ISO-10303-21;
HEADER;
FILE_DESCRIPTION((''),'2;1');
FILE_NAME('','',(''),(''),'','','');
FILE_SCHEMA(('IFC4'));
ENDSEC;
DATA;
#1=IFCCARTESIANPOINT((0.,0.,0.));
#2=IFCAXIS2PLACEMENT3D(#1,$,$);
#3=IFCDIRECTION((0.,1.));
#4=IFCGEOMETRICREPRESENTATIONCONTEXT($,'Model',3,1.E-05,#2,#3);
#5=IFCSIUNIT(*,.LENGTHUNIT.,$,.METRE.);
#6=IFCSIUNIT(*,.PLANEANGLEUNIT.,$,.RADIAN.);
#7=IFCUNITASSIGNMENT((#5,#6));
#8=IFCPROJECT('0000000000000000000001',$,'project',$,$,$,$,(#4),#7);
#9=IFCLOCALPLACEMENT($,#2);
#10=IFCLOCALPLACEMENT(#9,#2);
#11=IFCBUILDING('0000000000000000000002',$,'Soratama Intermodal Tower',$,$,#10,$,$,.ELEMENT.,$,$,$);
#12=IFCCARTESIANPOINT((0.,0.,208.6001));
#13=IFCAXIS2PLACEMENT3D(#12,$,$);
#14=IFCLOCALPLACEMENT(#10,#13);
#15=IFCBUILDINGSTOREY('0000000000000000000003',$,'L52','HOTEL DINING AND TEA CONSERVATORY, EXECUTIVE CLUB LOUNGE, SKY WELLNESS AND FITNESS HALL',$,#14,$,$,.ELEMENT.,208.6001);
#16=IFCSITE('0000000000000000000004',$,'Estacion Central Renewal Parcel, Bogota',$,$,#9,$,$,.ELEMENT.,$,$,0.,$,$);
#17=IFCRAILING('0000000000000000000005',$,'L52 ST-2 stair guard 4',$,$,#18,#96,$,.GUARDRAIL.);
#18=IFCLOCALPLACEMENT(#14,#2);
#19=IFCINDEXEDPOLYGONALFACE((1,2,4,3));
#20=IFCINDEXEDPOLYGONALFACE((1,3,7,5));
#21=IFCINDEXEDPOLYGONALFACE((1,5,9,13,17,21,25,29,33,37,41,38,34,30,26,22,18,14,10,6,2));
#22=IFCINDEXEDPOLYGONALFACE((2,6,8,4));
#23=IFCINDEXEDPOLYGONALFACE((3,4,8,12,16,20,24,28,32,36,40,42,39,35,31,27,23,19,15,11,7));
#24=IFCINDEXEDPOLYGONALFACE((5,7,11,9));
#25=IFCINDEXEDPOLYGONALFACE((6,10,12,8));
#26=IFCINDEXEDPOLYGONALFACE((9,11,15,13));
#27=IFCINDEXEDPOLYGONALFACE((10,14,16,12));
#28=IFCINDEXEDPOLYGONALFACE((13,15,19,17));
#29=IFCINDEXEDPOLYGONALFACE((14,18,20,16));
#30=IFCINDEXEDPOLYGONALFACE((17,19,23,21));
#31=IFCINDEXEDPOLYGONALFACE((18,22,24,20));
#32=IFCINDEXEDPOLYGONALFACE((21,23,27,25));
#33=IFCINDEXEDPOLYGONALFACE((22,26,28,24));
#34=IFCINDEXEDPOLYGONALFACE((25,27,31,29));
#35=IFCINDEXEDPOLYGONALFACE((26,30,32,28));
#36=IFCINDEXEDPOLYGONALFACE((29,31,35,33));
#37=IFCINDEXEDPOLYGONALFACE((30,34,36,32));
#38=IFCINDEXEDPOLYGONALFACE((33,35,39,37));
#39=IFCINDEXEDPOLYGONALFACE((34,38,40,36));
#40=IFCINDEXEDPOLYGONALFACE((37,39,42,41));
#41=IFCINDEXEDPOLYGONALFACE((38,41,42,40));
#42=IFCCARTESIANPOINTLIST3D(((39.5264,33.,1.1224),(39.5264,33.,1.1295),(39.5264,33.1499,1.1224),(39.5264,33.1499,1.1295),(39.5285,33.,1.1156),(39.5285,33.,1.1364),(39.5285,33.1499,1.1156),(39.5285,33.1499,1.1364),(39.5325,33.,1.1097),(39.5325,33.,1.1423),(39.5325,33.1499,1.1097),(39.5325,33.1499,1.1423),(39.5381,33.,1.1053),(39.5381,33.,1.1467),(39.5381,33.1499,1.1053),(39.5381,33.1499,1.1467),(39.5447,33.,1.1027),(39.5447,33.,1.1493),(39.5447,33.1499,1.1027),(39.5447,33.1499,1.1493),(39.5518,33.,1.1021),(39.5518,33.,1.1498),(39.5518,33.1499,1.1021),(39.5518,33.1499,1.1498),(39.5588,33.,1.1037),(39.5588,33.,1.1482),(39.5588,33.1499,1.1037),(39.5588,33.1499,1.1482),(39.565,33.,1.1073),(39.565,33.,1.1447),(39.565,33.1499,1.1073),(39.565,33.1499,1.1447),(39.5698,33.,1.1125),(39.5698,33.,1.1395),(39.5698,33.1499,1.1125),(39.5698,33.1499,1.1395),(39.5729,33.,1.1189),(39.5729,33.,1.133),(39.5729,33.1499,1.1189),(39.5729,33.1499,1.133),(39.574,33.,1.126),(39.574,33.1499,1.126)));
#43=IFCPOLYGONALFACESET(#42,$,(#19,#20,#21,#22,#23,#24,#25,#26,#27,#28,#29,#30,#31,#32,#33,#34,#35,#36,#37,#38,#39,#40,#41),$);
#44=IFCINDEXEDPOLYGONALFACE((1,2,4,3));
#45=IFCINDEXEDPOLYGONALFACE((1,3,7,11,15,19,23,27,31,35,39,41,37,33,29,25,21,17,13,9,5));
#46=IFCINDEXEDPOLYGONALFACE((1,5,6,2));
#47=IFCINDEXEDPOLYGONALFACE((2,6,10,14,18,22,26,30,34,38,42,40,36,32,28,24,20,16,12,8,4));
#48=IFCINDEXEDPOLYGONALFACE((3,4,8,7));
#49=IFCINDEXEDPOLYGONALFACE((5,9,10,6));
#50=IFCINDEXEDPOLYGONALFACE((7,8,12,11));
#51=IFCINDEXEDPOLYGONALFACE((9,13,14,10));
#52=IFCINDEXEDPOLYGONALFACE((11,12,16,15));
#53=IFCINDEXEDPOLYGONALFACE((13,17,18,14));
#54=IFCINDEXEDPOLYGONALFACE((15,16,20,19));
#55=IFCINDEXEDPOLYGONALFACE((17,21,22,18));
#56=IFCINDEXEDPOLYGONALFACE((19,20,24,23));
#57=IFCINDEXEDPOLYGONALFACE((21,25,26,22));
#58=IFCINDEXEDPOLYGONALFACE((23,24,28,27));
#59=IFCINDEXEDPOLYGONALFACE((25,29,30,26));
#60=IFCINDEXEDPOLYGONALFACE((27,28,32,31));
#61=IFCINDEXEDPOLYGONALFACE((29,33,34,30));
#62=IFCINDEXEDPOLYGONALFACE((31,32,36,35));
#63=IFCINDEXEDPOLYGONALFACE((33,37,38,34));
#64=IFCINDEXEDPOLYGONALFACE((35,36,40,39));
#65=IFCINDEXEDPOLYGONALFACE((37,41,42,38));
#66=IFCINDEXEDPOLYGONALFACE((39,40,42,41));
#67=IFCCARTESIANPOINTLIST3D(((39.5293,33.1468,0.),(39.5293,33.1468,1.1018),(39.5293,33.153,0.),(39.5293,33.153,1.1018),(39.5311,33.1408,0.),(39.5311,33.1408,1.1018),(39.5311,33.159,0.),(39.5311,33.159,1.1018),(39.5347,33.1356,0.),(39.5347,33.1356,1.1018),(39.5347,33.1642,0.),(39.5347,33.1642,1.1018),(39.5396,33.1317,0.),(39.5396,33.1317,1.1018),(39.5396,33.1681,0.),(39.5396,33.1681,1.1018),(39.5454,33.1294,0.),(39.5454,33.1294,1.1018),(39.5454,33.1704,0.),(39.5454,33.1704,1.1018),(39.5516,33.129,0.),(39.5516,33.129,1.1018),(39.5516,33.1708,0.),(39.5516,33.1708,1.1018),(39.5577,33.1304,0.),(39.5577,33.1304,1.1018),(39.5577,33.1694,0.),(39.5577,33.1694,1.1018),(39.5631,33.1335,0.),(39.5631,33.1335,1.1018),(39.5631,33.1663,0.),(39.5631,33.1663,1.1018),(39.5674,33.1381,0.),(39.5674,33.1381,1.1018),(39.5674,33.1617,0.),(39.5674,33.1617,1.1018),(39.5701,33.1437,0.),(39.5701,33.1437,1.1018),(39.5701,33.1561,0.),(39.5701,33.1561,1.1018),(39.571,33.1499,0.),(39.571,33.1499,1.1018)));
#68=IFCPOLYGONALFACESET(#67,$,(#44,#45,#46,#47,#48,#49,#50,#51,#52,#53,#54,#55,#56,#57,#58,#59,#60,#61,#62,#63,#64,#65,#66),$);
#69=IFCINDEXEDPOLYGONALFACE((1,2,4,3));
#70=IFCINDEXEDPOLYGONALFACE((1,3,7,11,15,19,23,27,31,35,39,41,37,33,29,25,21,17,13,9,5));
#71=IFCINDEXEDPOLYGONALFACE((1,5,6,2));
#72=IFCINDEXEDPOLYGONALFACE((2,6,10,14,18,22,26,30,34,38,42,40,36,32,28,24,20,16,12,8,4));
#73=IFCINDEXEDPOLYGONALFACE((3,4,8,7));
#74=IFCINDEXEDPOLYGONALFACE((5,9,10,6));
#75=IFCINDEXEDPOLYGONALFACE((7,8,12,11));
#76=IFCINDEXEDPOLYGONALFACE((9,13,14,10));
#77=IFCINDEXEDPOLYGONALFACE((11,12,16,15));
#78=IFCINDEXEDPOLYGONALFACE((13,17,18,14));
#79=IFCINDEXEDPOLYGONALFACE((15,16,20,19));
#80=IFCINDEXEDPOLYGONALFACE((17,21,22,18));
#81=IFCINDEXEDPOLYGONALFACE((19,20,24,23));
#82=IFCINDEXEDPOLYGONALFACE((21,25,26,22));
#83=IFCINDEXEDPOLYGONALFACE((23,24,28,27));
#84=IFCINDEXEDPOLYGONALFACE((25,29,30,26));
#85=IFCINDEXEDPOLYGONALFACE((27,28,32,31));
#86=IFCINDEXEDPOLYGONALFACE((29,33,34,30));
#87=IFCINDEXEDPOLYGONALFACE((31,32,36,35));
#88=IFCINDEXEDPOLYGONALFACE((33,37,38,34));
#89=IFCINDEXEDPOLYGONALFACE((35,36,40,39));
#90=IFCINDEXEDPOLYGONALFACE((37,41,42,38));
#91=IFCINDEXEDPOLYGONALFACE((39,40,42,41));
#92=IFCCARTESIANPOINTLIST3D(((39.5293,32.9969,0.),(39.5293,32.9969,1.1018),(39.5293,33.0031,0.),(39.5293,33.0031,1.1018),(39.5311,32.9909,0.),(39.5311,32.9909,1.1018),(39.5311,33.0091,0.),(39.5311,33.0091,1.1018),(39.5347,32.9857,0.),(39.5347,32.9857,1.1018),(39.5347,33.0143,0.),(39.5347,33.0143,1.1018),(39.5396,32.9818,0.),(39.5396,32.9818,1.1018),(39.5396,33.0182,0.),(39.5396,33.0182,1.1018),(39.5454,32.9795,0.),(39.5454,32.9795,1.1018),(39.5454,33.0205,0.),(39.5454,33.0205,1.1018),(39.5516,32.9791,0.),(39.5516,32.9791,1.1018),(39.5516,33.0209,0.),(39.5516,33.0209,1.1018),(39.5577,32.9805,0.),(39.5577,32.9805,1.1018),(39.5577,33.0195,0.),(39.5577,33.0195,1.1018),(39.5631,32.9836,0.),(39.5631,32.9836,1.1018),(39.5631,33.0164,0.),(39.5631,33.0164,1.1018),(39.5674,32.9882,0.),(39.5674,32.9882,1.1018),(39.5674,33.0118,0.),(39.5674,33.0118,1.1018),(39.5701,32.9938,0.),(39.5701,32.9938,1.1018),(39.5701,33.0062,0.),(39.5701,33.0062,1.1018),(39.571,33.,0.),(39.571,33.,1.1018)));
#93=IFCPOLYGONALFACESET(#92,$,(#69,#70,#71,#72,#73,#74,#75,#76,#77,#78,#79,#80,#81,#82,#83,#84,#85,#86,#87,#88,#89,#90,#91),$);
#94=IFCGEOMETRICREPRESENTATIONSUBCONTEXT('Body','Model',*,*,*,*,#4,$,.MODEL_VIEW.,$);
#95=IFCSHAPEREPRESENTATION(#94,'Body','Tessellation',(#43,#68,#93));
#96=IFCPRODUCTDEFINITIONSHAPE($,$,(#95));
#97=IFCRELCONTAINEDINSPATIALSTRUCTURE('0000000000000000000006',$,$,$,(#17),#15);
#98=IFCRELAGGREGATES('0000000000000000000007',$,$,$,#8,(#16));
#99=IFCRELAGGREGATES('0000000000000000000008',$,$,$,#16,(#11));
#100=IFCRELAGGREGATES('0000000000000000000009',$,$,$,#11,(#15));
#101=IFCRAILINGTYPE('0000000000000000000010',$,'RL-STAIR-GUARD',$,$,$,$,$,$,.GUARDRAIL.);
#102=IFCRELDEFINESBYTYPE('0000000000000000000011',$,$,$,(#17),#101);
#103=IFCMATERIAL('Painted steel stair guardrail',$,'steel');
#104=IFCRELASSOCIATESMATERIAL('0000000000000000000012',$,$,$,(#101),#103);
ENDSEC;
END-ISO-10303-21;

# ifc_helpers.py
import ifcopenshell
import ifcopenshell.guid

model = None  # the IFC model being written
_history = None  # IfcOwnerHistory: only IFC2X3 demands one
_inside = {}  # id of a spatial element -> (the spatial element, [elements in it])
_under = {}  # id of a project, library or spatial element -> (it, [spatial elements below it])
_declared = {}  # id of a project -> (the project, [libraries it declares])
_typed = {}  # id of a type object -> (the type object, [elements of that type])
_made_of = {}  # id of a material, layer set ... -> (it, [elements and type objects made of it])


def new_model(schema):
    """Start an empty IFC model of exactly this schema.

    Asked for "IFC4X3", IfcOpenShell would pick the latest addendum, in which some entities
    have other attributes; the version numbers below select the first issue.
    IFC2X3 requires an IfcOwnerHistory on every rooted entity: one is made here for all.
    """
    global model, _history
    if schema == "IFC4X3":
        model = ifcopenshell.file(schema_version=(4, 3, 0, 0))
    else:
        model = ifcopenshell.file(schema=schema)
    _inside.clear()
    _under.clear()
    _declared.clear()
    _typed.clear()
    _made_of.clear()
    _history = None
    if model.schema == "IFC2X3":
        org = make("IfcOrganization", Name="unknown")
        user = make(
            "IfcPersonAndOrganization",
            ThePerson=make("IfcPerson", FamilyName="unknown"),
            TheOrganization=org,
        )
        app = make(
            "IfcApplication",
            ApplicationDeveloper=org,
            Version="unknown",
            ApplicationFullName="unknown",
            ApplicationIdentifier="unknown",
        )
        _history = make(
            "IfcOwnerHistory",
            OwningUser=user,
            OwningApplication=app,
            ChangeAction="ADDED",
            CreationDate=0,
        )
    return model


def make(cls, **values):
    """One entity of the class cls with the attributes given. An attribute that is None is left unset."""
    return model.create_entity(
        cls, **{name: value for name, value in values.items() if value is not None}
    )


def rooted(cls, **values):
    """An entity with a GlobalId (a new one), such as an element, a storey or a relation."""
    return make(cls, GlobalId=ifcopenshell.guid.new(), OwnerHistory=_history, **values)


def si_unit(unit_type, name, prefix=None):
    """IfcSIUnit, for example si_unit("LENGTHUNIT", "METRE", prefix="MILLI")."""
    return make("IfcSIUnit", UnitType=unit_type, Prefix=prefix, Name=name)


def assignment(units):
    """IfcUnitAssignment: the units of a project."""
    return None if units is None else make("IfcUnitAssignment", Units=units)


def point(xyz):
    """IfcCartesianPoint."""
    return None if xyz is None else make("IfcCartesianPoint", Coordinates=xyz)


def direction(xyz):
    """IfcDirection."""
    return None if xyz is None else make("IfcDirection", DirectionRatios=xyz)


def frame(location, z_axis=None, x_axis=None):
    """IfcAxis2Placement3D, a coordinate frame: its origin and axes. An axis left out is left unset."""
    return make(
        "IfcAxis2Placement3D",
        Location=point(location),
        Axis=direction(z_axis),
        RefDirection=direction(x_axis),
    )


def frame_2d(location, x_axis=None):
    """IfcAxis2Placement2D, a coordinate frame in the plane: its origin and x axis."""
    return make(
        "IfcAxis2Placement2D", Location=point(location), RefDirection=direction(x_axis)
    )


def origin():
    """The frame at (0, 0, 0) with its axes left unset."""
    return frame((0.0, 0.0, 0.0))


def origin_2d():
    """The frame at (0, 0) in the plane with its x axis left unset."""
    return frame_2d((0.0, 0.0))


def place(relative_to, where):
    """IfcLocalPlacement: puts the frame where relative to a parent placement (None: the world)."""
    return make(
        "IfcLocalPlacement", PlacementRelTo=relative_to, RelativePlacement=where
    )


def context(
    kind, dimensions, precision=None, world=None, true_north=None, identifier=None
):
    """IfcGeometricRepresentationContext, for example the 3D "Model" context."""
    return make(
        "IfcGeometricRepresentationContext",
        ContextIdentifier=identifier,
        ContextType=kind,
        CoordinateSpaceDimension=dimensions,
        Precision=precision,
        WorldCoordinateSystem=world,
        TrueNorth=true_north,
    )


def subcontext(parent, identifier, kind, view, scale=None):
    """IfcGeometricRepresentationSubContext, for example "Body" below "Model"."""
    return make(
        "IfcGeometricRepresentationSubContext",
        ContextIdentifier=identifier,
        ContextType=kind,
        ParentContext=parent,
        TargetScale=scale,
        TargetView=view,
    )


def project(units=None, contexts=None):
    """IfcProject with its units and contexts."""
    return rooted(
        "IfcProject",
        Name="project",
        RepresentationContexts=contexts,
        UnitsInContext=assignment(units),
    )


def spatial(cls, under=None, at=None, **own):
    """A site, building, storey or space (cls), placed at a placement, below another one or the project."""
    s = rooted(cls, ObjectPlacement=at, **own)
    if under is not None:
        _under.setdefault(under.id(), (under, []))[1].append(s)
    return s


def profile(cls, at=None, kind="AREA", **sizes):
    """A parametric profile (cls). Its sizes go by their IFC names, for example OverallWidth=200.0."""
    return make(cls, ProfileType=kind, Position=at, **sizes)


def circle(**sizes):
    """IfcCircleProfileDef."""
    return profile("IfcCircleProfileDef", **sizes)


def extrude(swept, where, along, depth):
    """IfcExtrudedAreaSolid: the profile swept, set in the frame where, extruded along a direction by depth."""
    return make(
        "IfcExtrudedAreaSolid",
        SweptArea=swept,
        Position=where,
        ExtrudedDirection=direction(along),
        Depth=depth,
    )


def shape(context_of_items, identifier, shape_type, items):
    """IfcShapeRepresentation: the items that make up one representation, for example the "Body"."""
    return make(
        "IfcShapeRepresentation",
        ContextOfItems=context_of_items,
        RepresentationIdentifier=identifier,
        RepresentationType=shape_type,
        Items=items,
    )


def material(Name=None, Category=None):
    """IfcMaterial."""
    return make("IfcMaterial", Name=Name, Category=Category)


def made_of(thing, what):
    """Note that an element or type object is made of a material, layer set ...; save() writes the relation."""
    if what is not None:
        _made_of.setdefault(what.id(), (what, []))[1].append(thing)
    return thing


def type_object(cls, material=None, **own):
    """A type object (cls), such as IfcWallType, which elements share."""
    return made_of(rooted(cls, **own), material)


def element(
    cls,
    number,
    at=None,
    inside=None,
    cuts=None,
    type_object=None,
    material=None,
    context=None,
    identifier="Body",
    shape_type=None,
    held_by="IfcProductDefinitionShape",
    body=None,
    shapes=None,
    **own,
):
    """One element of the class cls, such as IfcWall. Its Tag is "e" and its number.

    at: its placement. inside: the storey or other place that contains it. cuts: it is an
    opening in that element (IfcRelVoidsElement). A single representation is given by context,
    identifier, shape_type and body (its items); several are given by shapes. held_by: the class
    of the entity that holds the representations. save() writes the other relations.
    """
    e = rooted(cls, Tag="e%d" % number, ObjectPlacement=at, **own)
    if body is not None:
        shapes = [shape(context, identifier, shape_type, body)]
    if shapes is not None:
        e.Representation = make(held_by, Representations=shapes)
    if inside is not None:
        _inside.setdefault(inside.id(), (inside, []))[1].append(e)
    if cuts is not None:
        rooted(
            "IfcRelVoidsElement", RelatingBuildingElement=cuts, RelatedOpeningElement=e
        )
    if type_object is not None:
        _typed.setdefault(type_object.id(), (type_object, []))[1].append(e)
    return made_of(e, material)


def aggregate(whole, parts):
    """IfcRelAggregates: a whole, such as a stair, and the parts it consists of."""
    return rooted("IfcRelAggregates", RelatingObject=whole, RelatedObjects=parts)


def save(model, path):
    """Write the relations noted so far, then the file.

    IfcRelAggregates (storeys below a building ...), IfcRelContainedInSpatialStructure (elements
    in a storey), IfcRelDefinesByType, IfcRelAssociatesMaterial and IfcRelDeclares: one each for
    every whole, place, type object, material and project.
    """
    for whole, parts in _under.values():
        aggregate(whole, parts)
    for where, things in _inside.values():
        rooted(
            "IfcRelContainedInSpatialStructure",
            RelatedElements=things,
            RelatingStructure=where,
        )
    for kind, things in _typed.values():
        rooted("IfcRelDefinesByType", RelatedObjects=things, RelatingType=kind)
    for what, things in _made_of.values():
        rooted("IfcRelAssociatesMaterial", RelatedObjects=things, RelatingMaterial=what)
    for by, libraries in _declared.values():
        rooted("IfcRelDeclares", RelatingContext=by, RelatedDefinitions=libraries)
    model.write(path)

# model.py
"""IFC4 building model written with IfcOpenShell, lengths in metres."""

from ifc_helpers import new_model, si_unit, direction, frame, origin, origin_2d, place, context, subcontext, project, spatial, circle, extrude, material, type_object, element, save


model = new_model("IFC4")

# Units and contexts
model_context = context("Model", 3, precision=1e-05, world=origin(), true_north=direction((0.0, 1.0)))
body_context = subcontext(model_context, "Body", "Model", "MODEL_VIEW")
ifc_project = project(units=[si_unit("LENGTHUNIT", "METRE"), si_unit("PLANEANGLEUNIT", "RADIAN")], contexts=[model_context])

# Site, building, storey
site_placement = place(None, origin())
site = spatial("IfcSite", under=ifc_project, at=site_placement, Name="Estacion Central Renewal Parcel, Bogota", CompositionType="ELEMENT", RefElevation=0.0)
building_placement = place(site_placement, origin())
building = spatial("IfcBuilding", under=site, at=building_placement, Name="Soratama Intermodal Tower", CompositionType="ELEMENT")
storey_placement = place(building_placement, frame((0.0, 0.0, 208.6001)))
storey = spatial("IfcBuildingStorey", under=building, at=storey_placement, Name="L52", Description="HOTEL DINING AND TEA CONSERVATORY, EXECUTIVE CLUB LOUNGE, SKY WELLNESS AND FITNESS HALL", CompositionType="ELEMENT", Elevation=208.6001)

# Railing
ifc_material_1 = material(Name="Painted steel stair guardrail", Category="steel")
railing_type = type_object("IfcRailingType", Name="RL-STAIR-GUARD", PredefinedType="GUARDRAIL", material=ifc_material_1)
railing_placement = place(storey_placement, frame((39.55, 33.1499, 0.0)))
element("IfcRailing", 1, at=railing_placement, inside=storey, type_object=railing_type, Name="L52 ST-2 stair guard 4", PredefinedType="GUARDRAIL", context=body_context, shape_type="SweptSolid", body=[
    extrude(circle(Radius=0.0239, at=origin_2d()), frame((0.0, 0.0, 1.126), z_axis=(0.0, -1.0, 0.0), x_axis=(1.0, 0.0, 0.0)), (0.0, 0.0, 1.0), 0.1499),
    extrude(circle(Radius=0.021, at=origin_2d()), origin(), (0.0, 0.0, 1.0), 1.1018),
    extrude(circle(Radius=0.021, at=origin_2d()), frame((0.0, -0.1499, 0.0)), (0.0, 0.0, 1.0), 1.1018),
])

save(model, "model.ifc")
